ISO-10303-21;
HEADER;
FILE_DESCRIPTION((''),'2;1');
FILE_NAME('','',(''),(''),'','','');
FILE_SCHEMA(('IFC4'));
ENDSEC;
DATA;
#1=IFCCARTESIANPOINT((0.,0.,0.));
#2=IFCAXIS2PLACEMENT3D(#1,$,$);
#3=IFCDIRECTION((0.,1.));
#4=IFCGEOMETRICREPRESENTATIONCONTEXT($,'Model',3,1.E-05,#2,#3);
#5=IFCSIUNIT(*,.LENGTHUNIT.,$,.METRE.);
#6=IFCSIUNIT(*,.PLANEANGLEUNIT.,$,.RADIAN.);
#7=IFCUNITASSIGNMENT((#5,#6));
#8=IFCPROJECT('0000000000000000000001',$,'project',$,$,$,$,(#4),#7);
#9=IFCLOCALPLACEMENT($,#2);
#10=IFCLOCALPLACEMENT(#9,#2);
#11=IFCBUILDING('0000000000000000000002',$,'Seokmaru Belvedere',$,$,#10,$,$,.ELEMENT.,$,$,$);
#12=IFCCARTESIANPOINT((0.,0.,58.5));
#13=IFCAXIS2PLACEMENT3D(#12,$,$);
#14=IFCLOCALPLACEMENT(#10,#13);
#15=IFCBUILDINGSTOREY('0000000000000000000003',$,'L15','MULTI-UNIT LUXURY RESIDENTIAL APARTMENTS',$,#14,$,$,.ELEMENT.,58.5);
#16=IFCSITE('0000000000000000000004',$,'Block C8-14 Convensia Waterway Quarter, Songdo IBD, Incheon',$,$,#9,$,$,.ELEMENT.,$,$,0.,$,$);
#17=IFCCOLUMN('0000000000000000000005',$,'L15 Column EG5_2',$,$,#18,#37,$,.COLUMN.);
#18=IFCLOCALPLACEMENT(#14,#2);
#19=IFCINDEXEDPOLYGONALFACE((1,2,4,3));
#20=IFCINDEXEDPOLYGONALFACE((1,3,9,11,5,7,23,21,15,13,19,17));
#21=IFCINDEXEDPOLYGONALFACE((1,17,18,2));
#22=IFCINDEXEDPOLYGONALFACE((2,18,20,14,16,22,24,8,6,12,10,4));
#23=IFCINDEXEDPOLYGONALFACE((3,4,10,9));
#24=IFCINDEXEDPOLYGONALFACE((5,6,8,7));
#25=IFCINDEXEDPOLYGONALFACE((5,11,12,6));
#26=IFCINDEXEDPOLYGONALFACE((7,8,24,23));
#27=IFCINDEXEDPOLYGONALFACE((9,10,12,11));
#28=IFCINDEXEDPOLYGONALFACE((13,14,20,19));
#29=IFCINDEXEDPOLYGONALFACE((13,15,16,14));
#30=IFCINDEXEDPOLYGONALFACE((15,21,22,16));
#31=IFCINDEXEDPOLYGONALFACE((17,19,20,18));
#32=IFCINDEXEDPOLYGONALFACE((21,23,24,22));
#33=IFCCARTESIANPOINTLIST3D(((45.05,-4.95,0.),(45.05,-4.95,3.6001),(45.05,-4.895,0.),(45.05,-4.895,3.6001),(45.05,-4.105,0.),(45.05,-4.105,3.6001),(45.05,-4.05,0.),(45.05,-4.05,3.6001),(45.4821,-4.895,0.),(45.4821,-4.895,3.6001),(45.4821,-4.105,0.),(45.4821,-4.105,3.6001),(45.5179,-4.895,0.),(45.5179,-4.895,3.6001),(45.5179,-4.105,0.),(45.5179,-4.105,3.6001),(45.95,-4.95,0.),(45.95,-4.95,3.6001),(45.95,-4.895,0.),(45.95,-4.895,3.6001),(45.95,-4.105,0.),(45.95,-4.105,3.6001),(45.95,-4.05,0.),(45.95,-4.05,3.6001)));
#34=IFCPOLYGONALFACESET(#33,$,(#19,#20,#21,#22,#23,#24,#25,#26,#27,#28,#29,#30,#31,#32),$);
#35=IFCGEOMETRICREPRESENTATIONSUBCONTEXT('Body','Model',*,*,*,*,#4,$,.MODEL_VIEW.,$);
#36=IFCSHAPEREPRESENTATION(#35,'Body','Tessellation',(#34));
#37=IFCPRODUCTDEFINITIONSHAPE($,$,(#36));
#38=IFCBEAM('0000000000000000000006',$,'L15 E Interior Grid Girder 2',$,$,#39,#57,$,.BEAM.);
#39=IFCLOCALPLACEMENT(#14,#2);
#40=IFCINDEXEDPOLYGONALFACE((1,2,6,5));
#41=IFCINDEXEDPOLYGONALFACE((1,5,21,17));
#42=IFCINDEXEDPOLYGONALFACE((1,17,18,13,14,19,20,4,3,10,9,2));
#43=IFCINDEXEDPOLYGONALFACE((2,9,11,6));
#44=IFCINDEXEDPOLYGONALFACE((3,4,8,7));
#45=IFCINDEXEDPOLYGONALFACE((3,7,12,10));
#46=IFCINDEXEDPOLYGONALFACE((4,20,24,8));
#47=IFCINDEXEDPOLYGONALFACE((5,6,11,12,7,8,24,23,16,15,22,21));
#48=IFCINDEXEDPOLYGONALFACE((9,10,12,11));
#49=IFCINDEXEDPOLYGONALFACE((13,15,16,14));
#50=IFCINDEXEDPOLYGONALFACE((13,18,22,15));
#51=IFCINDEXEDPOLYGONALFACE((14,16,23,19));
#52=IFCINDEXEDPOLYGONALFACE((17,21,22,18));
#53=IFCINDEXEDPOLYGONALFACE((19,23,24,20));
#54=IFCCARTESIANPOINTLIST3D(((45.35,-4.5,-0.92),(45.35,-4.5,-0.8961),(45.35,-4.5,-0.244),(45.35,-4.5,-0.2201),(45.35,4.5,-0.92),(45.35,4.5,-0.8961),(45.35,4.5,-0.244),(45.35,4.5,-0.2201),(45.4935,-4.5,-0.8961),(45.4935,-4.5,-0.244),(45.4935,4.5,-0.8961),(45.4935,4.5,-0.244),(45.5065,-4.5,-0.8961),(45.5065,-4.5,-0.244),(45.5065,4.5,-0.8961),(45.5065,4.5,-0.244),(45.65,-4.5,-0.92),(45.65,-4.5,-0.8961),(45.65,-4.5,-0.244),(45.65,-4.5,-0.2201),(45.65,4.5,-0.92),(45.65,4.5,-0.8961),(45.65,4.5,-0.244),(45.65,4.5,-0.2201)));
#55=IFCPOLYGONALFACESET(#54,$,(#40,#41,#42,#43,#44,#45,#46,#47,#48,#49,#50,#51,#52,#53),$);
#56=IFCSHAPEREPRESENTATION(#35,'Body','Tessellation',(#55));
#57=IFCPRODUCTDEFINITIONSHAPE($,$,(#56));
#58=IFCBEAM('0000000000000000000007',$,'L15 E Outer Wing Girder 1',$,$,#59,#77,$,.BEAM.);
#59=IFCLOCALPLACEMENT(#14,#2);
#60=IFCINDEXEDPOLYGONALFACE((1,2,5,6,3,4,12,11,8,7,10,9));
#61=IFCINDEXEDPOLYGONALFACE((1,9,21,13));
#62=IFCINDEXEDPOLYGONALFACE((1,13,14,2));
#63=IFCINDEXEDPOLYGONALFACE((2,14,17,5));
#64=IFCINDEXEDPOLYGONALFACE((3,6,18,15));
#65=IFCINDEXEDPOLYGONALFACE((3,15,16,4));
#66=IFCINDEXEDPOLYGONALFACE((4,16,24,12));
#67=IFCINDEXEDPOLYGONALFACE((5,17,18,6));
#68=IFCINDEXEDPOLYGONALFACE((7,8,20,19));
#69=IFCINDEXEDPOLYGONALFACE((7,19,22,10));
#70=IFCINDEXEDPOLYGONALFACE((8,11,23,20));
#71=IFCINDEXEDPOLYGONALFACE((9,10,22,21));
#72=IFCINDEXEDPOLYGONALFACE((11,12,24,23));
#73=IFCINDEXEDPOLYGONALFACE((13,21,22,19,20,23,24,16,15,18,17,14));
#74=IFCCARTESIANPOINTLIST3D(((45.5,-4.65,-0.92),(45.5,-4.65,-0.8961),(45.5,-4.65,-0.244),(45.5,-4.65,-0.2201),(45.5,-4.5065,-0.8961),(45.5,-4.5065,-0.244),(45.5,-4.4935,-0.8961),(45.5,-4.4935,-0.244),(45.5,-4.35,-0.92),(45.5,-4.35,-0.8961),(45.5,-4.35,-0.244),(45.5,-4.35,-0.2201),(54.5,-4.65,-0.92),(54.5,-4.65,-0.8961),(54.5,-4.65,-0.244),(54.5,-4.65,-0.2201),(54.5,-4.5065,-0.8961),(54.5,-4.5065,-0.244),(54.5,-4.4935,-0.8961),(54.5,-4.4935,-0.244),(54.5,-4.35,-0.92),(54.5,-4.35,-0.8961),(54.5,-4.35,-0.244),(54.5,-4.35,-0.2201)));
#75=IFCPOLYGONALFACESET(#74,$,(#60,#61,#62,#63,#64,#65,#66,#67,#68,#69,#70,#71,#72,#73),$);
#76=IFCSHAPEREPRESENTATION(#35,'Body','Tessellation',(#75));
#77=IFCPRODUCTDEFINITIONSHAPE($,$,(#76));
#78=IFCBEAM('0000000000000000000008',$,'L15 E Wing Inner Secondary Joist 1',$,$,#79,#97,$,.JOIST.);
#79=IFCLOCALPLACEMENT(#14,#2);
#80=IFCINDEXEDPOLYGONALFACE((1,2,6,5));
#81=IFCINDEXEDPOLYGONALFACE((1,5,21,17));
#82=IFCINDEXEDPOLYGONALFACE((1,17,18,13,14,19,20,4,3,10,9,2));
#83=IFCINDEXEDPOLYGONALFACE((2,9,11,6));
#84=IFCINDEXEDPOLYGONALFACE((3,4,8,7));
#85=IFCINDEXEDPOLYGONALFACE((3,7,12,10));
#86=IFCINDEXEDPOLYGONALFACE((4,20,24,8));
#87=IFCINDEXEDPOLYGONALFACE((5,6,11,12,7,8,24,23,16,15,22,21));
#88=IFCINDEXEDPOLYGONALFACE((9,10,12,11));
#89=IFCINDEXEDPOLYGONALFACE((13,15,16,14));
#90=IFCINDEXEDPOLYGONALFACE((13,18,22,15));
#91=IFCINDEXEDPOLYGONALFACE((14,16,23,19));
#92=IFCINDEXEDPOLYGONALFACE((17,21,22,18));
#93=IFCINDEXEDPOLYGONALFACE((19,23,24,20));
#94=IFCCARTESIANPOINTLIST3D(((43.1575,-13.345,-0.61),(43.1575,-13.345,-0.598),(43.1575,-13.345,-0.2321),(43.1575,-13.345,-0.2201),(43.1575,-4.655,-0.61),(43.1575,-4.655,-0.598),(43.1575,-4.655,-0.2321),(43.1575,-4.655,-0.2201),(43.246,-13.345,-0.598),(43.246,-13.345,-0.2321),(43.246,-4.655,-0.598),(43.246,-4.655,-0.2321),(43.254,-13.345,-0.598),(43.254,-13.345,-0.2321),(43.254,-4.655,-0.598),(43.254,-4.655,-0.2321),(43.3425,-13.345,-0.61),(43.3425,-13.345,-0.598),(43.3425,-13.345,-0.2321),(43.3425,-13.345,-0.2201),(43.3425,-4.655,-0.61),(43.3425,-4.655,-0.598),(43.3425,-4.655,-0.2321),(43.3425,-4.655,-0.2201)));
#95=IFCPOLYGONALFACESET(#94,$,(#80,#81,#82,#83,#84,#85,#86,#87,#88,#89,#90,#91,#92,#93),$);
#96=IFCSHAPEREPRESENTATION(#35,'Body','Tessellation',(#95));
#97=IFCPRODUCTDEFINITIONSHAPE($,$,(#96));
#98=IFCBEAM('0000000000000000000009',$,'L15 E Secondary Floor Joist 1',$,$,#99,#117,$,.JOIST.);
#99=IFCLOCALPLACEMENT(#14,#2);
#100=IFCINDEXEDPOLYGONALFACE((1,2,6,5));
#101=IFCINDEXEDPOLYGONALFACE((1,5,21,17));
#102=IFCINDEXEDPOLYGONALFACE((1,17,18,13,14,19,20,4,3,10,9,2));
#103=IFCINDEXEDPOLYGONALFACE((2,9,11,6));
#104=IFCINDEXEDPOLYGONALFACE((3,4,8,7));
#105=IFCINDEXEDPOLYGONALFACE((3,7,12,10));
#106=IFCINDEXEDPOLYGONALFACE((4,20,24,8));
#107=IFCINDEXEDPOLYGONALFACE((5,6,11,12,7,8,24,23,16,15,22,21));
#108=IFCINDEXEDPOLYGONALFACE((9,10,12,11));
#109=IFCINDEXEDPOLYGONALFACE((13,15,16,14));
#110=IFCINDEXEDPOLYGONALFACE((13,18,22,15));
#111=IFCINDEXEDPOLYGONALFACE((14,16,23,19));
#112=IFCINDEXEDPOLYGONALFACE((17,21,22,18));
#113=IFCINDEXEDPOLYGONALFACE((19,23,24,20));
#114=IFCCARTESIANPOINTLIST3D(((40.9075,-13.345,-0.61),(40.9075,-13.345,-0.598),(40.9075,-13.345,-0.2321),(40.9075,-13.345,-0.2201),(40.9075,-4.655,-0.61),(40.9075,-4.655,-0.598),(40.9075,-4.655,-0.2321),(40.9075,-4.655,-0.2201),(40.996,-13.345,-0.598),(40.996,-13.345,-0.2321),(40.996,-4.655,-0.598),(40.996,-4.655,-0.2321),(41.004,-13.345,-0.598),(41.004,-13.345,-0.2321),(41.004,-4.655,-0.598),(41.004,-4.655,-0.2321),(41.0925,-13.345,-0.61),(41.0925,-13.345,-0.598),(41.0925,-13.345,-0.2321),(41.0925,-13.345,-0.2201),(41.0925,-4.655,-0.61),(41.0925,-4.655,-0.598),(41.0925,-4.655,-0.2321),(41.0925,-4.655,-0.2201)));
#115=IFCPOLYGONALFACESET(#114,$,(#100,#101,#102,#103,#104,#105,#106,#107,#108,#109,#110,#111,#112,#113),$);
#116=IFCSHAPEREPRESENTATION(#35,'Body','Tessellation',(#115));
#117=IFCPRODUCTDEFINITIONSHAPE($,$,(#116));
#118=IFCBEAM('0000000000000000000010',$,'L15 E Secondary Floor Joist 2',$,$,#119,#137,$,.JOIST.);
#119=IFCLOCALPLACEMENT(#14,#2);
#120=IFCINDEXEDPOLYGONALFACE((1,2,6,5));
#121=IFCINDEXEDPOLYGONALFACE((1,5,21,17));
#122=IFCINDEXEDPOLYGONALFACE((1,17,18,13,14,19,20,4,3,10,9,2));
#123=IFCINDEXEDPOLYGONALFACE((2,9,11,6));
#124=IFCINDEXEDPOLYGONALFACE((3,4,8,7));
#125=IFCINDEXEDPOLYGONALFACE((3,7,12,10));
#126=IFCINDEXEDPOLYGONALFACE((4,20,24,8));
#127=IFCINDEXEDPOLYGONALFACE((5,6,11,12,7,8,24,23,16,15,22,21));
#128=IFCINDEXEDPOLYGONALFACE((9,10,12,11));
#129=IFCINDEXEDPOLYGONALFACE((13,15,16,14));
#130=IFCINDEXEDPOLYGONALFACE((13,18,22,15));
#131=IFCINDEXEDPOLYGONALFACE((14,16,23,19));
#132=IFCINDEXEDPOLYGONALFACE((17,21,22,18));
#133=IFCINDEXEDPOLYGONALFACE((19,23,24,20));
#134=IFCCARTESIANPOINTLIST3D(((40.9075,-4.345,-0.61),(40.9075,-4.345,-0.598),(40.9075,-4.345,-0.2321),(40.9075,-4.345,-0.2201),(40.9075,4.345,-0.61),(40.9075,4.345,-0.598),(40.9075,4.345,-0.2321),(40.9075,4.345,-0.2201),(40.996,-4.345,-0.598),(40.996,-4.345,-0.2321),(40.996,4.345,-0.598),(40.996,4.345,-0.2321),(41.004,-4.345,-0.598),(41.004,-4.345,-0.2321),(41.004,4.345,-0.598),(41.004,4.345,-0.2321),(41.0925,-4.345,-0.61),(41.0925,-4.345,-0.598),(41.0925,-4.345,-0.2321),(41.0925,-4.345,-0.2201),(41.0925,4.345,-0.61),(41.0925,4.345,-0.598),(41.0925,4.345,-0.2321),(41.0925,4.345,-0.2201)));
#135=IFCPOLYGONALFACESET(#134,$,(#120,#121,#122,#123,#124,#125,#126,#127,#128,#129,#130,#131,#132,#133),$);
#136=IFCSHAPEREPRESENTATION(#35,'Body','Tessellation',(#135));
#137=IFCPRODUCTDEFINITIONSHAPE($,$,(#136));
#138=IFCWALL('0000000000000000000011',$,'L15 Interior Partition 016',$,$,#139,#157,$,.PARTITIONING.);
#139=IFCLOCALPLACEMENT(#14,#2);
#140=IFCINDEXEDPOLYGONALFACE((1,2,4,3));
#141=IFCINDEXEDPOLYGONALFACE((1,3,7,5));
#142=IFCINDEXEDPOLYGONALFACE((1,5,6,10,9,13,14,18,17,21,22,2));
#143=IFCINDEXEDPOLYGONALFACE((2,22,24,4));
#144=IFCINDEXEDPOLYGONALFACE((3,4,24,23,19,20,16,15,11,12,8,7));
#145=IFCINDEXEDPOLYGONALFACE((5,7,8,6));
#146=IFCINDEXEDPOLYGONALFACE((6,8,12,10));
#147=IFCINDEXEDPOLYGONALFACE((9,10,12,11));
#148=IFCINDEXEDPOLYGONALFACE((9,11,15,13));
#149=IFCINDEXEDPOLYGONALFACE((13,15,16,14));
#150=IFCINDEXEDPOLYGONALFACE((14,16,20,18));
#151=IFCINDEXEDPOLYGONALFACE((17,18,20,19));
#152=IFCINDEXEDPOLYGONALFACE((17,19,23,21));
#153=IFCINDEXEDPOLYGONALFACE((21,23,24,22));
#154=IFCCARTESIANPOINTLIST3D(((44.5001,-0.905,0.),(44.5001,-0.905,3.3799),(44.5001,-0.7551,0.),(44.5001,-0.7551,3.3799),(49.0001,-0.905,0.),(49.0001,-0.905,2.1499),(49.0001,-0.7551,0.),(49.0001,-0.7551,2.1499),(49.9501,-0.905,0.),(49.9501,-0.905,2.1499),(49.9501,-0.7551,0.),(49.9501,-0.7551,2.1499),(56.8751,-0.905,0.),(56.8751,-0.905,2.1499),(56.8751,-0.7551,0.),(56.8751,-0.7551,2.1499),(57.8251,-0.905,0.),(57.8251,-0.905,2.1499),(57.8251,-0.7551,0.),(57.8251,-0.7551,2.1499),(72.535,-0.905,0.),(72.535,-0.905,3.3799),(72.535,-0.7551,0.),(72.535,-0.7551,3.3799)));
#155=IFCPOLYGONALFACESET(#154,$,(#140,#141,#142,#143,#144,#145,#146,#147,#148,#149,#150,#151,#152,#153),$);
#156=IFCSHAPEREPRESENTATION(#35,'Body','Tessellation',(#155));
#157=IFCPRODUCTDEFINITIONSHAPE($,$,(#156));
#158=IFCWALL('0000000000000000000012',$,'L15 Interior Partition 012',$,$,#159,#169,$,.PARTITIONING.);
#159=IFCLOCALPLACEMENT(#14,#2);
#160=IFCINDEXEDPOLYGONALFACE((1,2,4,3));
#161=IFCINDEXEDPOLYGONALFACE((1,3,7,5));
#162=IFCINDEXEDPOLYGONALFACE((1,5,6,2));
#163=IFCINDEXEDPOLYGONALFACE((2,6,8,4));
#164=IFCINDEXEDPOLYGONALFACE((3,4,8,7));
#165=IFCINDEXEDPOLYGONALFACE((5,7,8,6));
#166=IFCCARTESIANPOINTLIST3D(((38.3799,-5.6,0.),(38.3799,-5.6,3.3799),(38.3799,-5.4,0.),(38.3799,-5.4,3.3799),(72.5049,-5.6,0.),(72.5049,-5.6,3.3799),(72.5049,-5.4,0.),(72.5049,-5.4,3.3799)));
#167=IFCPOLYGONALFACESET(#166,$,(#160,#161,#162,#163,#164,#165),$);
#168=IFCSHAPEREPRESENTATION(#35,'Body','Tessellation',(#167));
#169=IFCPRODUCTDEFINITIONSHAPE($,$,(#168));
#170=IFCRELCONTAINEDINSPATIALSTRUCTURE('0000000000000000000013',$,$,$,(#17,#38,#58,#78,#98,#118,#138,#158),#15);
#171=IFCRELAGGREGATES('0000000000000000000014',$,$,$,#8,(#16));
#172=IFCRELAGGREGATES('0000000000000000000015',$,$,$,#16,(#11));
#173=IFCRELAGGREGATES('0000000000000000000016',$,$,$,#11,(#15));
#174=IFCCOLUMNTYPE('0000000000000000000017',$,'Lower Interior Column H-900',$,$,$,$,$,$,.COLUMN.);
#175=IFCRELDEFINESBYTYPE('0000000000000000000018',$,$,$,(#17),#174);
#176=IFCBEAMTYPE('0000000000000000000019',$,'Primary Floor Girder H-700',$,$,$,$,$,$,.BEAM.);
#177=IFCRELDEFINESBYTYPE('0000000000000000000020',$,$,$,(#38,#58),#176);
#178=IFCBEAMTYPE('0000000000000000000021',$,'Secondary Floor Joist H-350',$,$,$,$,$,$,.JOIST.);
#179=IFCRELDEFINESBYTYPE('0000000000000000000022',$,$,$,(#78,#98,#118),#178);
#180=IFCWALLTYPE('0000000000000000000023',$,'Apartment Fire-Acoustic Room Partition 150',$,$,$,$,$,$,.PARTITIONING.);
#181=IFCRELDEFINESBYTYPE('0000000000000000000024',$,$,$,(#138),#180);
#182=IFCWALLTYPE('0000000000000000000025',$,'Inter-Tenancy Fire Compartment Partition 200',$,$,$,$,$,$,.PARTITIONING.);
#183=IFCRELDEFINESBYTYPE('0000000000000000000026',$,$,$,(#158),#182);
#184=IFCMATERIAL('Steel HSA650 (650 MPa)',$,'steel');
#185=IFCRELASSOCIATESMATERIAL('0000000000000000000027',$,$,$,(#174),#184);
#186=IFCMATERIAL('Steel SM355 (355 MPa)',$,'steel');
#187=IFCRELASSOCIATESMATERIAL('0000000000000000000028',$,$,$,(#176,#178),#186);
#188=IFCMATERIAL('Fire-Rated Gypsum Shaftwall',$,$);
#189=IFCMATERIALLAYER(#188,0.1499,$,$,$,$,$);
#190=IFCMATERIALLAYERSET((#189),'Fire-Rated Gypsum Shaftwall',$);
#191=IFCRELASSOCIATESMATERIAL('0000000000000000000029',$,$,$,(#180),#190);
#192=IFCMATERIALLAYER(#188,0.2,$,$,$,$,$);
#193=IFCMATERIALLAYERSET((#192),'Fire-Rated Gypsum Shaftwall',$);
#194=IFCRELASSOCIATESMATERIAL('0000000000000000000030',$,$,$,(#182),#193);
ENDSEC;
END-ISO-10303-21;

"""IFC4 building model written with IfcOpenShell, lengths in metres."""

from ifc_helpers import new_model, si_unit, direction, frame, frame_2d, origin, origin_2d, place, context, subcontext, project, spatial, rectangle, i_section, extrude, source, transform, mapped, material, layer, layer_set, material_profile, profile_set, type_object, type_shapes, element, save


model = new_model("IFC4")

# Units and contexts
model_context = context("Model", 3, precision=1e-05, world=origin(), true_north=direction((0.0, 1.0)))
body_context = subcontext(model_context, "Body", "Model", "MODEL_VIEW")
ifc_project = project(units=[si_unit("LENGTHUNIT", "METRE"), si_unit("PLANEANGLEUNIT", "RADIAN")], contexts=[model_context])

# Site, building, storey
site_placement = place(None, origin())
site = spatial("IfcSite", under=ifc_project, at=site_placement, Name="Block C8-14 Convensia Waterway Quarter, Songdo IBD, Incheon", CompositionType="ELEMENT", RefElevation=0.0)
building_placement = place(site_placement, origin())
building = spatial("IfcBuilding", under=site, at=building_placement, Name="Seokmaru Belvedere", CompositionType="ELEMENT")
storey_placement = place(building_placement, frame((0.0, 0.0, 58.5)))
storey = spatial("IfcBuildingStorey", under=building, at=storey_placement, Name="L15", Description="MULTI-UNIT LUXURY RESIDENTIAL APARTMENTS", CompositionType="ELEMENT", Elevation=58.5)

# Column
ifc_material_1 = material(Name="Steel HSA650 (650 MPa)", Category="steel")
ifc_material_profile_1 = material_profile(ifc_material_1, i_section(OverallWidth=0.8999, OverallDepth=0.8999, WebThickness=0.0359, FlangeThickness=0.0549, at=origin_2d()), Name="H-900x900x36x55")
ifc_profile_set_1 = profile_set([ifc_material_profile_1], Name="Steel HSA650 (650 MPa)")
column_type = type_object("IfcColumnType", Name="Lower Interior Column H-900", PredefinedType="COLUMN", material=ifc_profile_set_1)
shared_shape_1 = source(origin(), body_context, "Body", "SweptSolid", [
    extrude(i_section(OverallWidth=0.8999, OverallDepth=0.8999, WebThickness=0.0359, FlangeThickness=0.0549, at=origin_2d()), origin(), (0.0, 0.0, 1.0), 3.6001),
])
type_shapes(column_type, [shared_shape_1])
column_placement = place(storey_placement, frame((45.5, -4.5, 0.0), z_axis=(0.0, 0.0, 1.0), x_axis=(1.0, 0.0, 0.0)))
element("IfcColumn", 1, at=column_placement, inside=storey, type_object=column_type, Name="L15 Column EG5_2", PredefinedType="COLUMN", context=body_context, shape_type="MappedRepresentation", body=[
    mapped(shared_shape_1, transform((0.0, 0.0, 0.0), scale=1.0)),
])

# Beams
ifc_material_2 = material(Name="Steel SM355 (355 MPa)", Category="steel")
ifc_material_profile_2 = material_profile(ifc_material_2, i_section(OverallWidth=0.3, OverallDepth=0.7, WebThickness=0.0129, FlangeThickness=0.0239, at=origin_2d()), Name="H-700x300x13x24")
ifc_profile_set_2 = profile_set([ifc_material_profile_2], Name="Steel SM355 (355 MPa)")
beam_type_1 = type_object("IfcBeamType", Name="Primary Floor Girder H-700", PredefinedType="BEAM", material=ifc_profile_set_2)
shared_shape_2 = source(origin(), body_context, "Body", "SweptSolid", [
    extrude(i_section(OverallWidth=0.3, OverallDepth=0.7, WebThickness=0.0129, FlangeThickness=0.0239, at=origin_2d()), origin(), (0.0, 0.0, 1.0), 9.0),
])
type_shapes(beam_type_1, [shared_shape_2])
for number, where, z_axis, x_axis, name in (
    (2, (45.5, -4.5, -0.5701), (0.0, 1.0, 0.0), (-1.0, 0.0, 0.0), "L15 E Interior Grid Girder 2"),
    (3, (45.5, -4.5, -0.5701), (1.0, 0.0, 0.0), (0.0, 1.0, 0.0), "L15 E Outer Wing Girder 1"),
):
    element("IfcBeam", number, at=place(storey_placement, frame(where, z_axis=z_axis, x_axis=x_axis)), inside=storey, type_object=beam_type_1, Name=name, PredefinedType="BEAM", context=body_context, shape_type="MappedRepresentation", body=[
        mapped(shared_shape_2, transform((0.0, 0.0, 0.0), scale=1.0)),
    ])
ifc_material_profile_3 = material_profile(ifc_material_2, i_section(OverallWidth=0.1851, OverallDepth=0.3899, WebThickness=0.0081, FlangeThickness=0.012, at=origin_2d()), Name="H-390x185x8x12")
ifc_profile_set_3 = profile_set([ifc_material_profile_3], Name="Steel SM355 (355 MPa)")
beam_type_2 = type_object("IfcBeamType", Name="Secondary Floor Joist H-350", PredefinedType="JOIST", material=ifc_profile_set_3)
shared_shape_3 = source(origin(), body_context, "Body", "SweptSolid", [
    extrude(i_section(OverallWidth=0.1851, OverallDepth=0.3899, WebThickness=0.0081, FlangeThickness=0.012, at=origin_2d()), origin(), (0.0, 0.0, 1.0), 8.6899),
])
type_shapes(beam_type_2, [shared_shape_3])
for number, where, z_axis, x_axis, name in (
    (4, (43.25, -13.345, -0.415), (0.0, 1.0, 0.0), (-1.0, 0.0, 0.0), "L15 E Wing Inner Secondary Joist 1"),
    (5, (41.0, -13.345, -0.415), (0.0, 1.0, 0.0), (-1.0, 0.0, 0.0), "L15 E Secondary Floor Joist 1"),
    (6, (41.0, -4.345, -0.415), (0.0, 1.0, 0.0), (-1.0, 0.0, 0.0), "L15 E Secondary Floor Joist 2"),
):
    element("IfcBeam", number, at=place(storey_placement, frame(where, z_axis=z_axis, x_axis=x_axis)), inside=storey, type_object=beam_type_2, Name=name, PredefinedType="JOIST", context=body_context, shape_type="MappedRepresentation", body=[
        mapped(shared_shape_3, transform((0.0, 0.0, 0.0), scale=1.0)),
    ])

# Wall, openings
ifc_material_3 = material(Name="Fire-Rated Gypsum Shaftwall")
ifc_layer_1 = layer(ifc_material_3, 0.1499)
ifc_layer_set_1 = layer_set([ifc_layer_1], Name="Fire-Rated Gypsum Shaftwall")
wall_type_1 = type_object("IfcWallType", Name="Apartment Fire-Acoustic Room Partition 150", PredefinedType="PARTITIONING", material=ifc_layer_set_1)
wall_1_placement = place(storey_placement, frame((44.5, -0.8301, 0.0), z_axis=(0.0, 0.0, 1.0), x_axis=(1.0, 0.0, 0.0)))
wall_1 = element("IfcWall", 7, at=wall_1_placement, inside=storey, type_object=wall_type_1, Name="L15 Interior Partition 016", PredefinedType="PARTITIONING", context=body_context, shape_type="SweptSolid", body=[
    extrude(rectangle(XDim=28.0349, YDim=0.1499, at=frame_2d((14.0176, 0.0))), origin(), (0.0, 0.0, 1.0), 3.3799),
])
opening_1_placement = place(wall_1_placement, frame((4.5, 0.0, 0.0)))
element("IfcOpeningElement", 8, at=opening_1_placement, cuts=wall_1, PredefinedType="OPENING", context=body_context, shape_type="SweptSolid", body=[
    extrude(rectangle(XDim=0.95, YDim=2.1499, at=frame_2d((0.4751, 1.075))), frame((0.0, 0.085, 0.0), z_axis=(0.0, -1.0, 0.0), x_axis=(1.0, 0.0, 0.0)), (0.0, 0.0, 1.0), 0.1699),
])
opening_2_placement = place(wall_1_placement, frame((12.375, 0.0, 0.0)))
element("IfcOpeningElement", 9, at=opening_2_placement, cuts=wall_1, PredefinedType="OPENING", context=body_context, shape_type="SweptSolid", body=[
    extrude(rectangle(XDim=0.95, YDim=2.1499, at=frame_2d((0.4751, 1.075))), frame((0.0, 0.085, 0.0), z_axis=(0.0, -1.0, 0.0), x_axis=(1.0, 0.0, 0.0)), (0.0, 0.0, 1.0), 0.1699),
])

# Wall
ifc_layer_2 = layer(ifc_material_3, 0.2)
ifc_layer_set_2 = layer_set([ifc_layer_2], Name="Fire-Rated Gypsum Shaftwall")
wall_type_2 = type_object("IfcWallType", Name="Inter-Tenancy Fire Compartment Partition 200", PredefinedType="PARTITIONING", material=ifc_layer_set_2)
wall_2_placement = place(storey_placement, frame((38.3799, -5.5, 0.0), z_axis=(0.0, 0.0, 1.0), x_axis=(1.0, 0.0, 0.0)))
element("IfcWall", 10, at=wall_2_placement, inside=storey, type_object=wall_type_2, Name="L15 Interior Partition 012", PredefinedType="PARTITIONING", context=body_context, shape_type="SweptSolid", body=[
    extrude(rectangle(XDim=34.125, YDim=0.2, at=frame_2d((17.0625, 0.0))), origin(), (0.0, 0.0, 1.0), 3.3799),
])

save(model, "model.ifc")
